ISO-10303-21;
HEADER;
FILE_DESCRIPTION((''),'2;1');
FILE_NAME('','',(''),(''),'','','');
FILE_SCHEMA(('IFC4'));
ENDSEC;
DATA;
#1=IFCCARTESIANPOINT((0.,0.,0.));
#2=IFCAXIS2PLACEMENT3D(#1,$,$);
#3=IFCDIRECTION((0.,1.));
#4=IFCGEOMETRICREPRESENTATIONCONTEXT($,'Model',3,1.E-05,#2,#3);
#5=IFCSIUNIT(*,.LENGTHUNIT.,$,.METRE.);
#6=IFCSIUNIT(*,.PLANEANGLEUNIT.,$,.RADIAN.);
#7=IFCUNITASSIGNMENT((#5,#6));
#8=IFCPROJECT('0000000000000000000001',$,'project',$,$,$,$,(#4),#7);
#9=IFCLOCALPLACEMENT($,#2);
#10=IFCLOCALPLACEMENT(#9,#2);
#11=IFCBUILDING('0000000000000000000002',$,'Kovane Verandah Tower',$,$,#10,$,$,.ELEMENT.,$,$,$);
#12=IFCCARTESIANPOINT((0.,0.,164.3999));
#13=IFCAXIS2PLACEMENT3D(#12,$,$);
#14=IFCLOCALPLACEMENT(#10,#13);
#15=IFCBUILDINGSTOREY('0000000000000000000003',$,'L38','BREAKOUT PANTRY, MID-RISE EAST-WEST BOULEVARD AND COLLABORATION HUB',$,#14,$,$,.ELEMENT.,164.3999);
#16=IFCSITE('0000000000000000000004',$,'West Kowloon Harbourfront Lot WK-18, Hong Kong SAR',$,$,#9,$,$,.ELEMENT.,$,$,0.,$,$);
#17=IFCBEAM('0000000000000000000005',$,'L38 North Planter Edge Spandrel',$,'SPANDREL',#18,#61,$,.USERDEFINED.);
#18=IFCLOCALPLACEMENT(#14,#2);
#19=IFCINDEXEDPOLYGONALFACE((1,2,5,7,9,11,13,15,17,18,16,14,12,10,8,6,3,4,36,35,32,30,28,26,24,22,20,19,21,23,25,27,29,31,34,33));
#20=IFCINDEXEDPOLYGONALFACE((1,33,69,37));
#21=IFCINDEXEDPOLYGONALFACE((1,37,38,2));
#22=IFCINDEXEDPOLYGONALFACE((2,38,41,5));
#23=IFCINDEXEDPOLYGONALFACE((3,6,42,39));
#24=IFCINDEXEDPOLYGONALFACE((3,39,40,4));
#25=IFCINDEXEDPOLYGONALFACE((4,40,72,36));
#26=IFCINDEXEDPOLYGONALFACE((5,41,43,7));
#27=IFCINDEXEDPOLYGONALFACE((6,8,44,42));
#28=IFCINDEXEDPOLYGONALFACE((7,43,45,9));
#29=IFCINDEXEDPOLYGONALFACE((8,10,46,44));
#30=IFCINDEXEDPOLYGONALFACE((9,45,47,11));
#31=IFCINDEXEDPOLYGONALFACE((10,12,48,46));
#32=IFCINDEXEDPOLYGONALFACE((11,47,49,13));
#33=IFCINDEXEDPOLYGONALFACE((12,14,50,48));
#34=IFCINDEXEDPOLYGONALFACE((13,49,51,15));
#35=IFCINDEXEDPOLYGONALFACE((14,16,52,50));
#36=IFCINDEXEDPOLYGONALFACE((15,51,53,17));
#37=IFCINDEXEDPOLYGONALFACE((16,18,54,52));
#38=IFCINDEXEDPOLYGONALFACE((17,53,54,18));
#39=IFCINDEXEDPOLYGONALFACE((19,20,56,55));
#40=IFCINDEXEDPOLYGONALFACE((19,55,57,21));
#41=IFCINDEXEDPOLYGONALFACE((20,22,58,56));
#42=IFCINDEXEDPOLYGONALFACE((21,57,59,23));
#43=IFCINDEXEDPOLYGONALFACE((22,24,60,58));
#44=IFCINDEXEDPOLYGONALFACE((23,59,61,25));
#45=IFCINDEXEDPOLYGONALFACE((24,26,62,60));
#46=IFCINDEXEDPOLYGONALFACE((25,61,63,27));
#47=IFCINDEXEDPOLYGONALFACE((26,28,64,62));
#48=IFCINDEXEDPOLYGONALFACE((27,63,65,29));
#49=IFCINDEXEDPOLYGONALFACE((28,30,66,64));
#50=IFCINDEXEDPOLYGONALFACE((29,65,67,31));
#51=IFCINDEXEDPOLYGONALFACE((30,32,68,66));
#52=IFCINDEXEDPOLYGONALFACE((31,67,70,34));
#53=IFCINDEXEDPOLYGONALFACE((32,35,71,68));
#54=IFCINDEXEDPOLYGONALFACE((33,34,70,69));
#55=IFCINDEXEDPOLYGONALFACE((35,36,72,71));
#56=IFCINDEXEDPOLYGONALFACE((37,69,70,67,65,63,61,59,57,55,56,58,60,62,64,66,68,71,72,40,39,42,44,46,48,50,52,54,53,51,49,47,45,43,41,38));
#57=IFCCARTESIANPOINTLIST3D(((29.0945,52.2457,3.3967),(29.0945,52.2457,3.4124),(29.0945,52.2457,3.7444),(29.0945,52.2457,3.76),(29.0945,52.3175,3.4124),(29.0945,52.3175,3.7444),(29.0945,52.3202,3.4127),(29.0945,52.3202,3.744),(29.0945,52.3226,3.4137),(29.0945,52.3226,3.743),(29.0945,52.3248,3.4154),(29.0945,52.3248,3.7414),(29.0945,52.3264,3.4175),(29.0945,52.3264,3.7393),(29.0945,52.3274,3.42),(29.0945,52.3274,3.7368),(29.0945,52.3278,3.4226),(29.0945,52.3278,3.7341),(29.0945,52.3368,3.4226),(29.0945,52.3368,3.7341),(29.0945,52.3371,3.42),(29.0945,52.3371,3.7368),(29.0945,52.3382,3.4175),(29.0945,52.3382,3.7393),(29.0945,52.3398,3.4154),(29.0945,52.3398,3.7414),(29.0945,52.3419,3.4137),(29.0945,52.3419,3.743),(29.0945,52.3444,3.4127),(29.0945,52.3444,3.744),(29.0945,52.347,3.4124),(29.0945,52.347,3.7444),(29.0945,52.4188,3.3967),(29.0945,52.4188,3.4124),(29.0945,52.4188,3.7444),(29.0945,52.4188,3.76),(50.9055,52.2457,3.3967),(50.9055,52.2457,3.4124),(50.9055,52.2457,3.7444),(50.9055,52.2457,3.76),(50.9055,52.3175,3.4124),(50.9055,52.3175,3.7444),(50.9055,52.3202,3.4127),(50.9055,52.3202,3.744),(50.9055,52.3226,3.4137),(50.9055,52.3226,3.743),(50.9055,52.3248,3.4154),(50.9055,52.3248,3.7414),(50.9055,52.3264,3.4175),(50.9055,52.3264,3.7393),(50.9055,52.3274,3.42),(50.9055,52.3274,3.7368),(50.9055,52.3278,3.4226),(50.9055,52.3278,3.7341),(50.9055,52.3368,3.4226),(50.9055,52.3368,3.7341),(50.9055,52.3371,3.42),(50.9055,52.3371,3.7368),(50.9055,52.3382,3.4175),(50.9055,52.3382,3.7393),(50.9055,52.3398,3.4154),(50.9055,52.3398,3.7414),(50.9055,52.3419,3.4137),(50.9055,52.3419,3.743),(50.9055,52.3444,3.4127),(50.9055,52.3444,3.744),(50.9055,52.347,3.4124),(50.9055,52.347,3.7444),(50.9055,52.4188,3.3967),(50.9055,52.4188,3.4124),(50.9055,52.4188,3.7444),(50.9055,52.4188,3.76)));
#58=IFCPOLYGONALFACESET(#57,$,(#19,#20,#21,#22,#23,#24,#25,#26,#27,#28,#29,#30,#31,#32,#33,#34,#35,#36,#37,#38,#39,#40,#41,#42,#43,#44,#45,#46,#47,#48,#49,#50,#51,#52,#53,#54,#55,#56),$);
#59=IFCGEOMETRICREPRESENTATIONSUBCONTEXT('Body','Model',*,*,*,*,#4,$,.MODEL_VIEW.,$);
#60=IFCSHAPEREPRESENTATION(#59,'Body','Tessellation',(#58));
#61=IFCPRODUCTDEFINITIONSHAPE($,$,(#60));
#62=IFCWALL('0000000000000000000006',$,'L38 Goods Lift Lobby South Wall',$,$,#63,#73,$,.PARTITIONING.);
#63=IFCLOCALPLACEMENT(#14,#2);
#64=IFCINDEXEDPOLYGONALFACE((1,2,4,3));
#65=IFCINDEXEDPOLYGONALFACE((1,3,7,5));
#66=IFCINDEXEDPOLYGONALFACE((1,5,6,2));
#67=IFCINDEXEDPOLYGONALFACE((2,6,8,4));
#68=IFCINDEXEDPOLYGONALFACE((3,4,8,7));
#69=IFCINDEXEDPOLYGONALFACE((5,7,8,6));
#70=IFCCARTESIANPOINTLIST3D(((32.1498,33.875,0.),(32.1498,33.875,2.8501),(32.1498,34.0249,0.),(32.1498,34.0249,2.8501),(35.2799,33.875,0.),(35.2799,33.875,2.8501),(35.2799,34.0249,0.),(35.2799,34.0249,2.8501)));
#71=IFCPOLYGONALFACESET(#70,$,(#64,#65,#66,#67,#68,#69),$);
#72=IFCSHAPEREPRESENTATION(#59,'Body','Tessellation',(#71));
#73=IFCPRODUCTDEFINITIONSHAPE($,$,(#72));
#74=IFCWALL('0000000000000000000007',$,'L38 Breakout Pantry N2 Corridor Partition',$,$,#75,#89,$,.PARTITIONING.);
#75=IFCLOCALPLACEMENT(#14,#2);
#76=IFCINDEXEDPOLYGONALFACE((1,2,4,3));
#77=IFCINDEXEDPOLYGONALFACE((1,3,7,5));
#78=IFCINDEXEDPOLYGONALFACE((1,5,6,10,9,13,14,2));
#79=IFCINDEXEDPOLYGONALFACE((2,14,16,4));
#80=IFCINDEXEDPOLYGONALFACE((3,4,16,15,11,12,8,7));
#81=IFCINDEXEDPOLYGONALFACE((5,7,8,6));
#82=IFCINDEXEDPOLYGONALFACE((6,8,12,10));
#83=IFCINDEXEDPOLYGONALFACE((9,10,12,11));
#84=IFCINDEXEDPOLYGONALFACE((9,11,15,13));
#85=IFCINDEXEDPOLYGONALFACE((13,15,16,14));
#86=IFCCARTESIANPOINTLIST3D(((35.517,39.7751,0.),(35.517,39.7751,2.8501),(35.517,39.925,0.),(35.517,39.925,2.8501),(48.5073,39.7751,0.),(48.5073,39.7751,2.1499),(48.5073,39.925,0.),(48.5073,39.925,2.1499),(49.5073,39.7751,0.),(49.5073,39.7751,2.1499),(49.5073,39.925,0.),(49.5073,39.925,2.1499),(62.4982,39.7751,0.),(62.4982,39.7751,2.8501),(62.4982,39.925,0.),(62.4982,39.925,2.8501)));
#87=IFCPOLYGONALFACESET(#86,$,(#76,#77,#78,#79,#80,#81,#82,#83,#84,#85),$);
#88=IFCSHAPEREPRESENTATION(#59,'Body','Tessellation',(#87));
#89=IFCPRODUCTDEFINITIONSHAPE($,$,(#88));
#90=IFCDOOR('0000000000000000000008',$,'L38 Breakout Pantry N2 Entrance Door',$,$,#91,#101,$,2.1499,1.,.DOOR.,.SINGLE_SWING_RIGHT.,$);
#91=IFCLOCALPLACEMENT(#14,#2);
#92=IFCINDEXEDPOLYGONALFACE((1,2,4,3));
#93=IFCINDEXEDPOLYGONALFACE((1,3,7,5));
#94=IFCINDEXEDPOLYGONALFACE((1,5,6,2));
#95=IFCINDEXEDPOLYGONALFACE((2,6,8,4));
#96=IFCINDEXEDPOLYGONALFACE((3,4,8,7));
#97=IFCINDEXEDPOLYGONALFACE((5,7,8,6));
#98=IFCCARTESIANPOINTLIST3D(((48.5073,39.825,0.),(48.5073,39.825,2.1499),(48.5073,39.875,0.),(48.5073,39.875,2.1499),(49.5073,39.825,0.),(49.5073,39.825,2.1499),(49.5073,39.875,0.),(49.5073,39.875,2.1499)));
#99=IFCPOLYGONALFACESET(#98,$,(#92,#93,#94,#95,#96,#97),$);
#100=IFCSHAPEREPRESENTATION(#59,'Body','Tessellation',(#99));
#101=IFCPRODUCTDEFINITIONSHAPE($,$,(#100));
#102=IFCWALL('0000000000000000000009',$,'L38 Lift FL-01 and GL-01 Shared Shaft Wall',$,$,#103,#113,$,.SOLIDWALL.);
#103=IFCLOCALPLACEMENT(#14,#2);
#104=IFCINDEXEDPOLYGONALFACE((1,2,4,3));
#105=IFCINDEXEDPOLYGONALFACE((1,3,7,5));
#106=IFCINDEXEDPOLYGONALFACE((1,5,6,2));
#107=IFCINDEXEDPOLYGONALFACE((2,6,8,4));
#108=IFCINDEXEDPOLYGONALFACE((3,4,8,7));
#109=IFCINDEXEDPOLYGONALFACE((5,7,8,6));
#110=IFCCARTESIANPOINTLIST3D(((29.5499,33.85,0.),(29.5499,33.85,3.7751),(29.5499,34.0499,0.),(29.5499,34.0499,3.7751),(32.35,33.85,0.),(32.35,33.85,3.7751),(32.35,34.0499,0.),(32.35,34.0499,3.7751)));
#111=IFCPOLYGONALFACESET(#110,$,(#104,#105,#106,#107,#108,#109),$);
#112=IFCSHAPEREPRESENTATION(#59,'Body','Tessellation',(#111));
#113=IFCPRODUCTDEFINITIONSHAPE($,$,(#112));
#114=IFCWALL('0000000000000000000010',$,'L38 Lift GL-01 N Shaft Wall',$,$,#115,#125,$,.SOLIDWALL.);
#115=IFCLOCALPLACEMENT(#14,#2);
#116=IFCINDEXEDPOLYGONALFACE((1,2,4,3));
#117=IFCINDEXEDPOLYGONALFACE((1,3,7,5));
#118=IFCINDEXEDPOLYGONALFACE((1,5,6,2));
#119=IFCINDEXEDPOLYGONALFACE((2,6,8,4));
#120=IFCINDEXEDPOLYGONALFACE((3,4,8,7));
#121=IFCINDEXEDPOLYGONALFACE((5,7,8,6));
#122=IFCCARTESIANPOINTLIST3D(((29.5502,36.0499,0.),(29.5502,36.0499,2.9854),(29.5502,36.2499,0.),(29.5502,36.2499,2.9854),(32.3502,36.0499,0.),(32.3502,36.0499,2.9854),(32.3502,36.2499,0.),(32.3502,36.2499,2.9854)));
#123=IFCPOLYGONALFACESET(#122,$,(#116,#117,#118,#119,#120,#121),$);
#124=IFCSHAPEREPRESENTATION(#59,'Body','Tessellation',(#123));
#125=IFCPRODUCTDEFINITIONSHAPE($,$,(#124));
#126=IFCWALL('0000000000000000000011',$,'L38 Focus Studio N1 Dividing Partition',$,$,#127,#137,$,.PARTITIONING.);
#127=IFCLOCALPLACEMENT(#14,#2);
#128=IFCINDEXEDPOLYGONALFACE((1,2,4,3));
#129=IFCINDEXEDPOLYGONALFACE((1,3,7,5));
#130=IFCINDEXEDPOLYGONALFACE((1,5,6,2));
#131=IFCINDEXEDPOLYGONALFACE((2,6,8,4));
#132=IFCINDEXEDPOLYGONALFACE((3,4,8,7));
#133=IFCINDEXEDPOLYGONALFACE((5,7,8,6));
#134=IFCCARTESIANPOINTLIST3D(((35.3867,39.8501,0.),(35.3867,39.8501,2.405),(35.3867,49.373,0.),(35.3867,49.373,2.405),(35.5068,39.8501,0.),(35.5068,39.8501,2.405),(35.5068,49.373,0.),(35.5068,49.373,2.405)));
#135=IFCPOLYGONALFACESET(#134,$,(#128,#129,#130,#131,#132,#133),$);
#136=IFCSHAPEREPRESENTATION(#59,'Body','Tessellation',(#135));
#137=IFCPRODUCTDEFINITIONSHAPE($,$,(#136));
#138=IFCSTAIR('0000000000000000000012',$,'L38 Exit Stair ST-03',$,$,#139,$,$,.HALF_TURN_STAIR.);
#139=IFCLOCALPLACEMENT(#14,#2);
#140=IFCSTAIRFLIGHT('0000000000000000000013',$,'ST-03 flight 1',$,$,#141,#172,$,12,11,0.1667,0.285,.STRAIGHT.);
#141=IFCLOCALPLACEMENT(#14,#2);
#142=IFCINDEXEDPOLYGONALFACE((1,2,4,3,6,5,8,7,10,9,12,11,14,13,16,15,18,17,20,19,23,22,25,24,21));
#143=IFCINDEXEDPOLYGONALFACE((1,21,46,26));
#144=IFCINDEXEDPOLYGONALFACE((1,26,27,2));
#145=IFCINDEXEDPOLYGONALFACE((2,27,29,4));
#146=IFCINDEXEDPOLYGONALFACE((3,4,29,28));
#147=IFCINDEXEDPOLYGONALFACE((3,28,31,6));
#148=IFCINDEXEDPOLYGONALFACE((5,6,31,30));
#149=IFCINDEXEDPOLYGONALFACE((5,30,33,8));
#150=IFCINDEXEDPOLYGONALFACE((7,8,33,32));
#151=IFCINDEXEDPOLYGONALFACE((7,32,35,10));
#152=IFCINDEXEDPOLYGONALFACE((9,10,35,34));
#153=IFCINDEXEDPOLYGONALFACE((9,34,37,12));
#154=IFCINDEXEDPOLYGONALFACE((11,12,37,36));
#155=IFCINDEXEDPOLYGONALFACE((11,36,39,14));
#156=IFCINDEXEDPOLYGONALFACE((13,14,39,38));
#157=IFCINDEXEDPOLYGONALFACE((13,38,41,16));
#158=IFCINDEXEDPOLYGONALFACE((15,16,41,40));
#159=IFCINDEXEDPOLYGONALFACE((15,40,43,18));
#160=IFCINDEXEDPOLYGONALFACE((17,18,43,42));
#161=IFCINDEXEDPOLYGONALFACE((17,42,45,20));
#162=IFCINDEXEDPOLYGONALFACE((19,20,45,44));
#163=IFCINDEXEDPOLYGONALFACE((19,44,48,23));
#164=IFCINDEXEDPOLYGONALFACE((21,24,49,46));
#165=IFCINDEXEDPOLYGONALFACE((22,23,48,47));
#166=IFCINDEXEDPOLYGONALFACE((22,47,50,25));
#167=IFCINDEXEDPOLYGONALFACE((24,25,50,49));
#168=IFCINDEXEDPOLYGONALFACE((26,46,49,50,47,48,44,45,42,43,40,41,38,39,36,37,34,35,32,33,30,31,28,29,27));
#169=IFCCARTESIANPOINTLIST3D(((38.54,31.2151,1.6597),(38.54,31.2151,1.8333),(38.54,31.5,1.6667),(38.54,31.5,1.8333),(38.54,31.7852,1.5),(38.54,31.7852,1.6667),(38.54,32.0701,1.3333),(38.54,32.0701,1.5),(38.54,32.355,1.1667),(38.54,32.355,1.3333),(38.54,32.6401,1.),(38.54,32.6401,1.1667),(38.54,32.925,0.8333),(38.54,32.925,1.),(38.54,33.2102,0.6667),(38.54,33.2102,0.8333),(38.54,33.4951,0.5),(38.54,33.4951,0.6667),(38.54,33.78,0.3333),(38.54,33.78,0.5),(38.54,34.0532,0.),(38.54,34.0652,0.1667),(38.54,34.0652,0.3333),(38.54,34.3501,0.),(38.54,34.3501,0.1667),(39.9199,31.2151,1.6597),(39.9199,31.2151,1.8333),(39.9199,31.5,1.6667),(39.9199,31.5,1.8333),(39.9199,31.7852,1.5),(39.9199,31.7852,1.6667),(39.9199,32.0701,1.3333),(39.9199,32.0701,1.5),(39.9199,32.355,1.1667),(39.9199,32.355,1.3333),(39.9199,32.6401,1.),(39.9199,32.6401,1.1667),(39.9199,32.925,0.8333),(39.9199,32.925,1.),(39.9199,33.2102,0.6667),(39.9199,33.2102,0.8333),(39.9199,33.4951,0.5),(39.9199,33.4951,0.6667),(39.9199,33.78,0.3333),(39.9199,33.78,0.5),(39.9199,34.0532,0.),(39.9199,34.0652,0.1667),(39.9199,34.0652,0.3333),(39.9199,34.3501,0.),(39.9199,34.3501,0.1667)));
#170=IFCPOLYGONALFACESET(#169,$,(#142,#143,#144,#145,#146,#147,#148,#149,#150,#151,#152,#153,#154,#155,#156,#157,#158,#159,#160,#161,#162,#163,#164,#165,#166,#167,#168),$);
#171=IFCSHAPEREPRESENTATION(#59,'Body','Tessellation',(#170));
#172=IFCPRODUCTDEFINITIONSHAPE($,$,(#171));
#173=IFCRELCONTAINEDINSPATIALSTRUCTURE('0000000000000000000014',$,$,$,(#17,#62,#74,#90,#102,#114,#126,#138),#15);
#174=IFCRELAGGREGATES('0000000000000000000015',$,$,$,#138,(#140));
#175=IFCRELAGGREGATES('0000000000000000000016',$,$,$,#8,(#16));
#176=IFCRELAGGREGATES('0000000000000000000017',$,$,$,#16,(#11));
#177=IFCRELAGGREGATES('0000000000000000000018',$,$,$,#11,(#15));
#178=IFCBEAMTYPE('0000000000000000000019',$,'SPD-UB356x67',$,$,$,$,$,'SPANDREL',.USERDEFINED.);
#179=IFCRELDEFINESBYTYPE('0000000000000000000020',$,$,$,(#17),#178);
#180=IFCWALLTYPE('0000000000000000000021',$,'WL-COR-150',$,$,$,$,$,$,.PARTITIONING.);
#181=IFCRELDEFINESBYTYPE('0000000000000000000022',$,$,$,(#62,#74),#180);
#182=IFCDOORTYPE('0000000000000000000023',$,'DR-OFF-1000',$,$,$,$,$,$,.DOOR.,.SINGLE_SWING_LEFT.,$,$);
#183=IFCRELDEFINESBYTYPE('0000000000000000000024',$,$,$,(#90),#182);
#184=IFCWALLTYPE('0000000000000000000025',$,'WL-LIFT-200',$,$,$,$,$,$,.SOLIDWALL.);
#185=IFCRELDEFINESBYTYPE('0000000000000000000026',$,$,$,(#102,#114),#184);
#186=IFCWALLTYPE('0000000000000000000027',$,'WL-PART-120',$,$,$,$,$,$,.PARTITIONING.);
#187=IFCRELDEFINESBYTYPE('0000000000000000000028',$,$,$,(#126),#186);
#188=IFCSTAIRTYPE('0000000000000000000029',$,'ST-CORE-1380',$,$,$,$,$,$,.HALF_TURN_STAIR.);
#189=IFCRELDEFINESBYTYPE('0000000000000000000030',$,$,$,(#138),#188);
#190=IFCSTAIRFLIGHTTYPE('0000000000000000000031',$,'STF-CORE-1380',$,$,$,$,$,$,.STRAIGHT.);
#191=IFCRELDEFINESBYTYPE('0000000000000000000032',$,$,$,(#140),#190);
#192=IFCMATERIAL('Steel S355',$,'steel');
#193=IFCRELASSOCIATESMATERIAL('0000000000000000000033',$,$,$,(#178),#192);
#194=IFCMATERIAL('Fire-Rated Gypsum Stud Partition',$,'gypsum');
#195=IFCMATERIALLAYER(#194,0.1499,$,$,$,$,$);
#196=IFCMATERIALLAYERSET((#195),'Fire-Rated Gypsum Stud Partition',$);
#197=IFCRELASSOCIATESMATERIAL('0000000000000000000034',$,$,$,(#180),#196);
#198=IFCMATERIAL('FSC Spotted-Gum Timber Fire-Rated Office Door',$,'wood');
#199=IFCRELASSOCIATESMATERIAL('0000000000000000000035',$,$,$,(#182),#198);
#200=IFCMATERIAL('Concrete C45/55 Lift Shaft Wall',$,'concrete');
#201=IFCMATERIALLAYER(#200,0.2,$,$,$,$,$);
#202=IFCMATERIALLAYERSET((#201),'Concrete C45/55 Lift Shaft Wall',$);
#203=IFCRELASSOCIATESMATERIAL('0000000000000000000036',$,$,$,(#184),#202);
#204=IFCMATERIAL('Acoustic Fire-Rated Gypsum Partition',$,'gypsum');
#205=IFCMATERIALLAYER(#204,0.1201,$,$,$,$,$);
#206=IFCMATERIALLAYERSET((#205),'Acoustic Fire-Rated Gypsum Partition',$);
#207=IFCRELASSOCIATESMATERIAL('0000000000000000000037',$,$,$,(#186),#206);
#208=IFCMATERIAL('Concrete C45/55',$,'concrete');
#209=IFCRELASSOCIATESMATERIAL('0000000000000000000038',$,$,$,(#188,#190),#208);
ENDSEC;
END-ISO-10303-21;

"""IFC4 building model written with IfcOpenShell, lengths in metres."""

from ifc_helpers import new_model, si_unit, direction, frame, frame_2d, origin, origin_2d, place, context, subcontext, project, spatial, polyline, rectangle, i_section, outline, extrude, material, layer, layer_set, material_profile, profile_set, type_object, element, fill, aggregate, save


model = new_model("IFC4")

# Units and contexts
model_context = context("Model", 3, precision=1e-05, world=origin(), true_north=direction((0.0, 1.0)))
body_context = subcontext(model_context, "Body", "Model", "MODEL_VIEW")
ifc_project = project(units=[si_unit("LENGTHUNIT", "METRE"), si_unit("PLANEANGLEUNIT", "RADIAN")], contexts=[model_context])

# Site, building, storey
site_placement = place(None, origin())
site = spatial("IfcSite", under=ifc_project, at=site_placement, Name="West Kowloon Harbourfront Lot WK-18, Hong Kong SAR", CompositionType="ELEMENT", RefElevation=0.0)
building_placement = place(site_placement, origin())
building = spatial("IfcBuilding", under=site, at=building_placement, Name="Kovane Verandah Tower", CompositionType="ELEMENT")
storey_placement = place(building_placement, frame((0.0, 0.0, 164.3999)))
storey = spatial("IfcBuildingStorey", under=building, at=storey_placement, Name="L38", Description="BREAKOUT PANTRY, MID-RISE EAST-WEST BOULEVARD AND COLLABORATION HUB", CompositionType="ELEMENT", Elevation=164.3999)

# Beam
ifc_material_1 = material(Name="Steel S355", Category="steel")
ifc_material_profile_1 = material_profile(ifc_material_1, i_section(OverallWidth=0.1731, OverallDepth=0.3633, WebThickness=0.009, FlangeThickness=0.0156, FilletRadius=0.0103, at=origin_2d()), Name="UB356x171x67")
ifc_profile_set_1 = profile_set([ifc_material_profile_1], Name="Steel S355")
beam_type_1 = type_object("IfcBeamType", Name="SPD-UB356x67", ElementType="SPANDREL", PredefinedType="USERDEFINED", material=ifc_profile_set_1)
beam_1_placement = place(storey_placement, frame((29.0945, 52.3323, 3.5784), z_axis=(1.0, 0.0, 0.0), x_axis=(0.0, 1.0, 0.0)))
element("IfcBeam", 1, at=beam_1_placement, inside=storey, type_object=beam_type_1, Name="L38 North Planter Edge Spandrel", ObjectType="SPANDREL", PredefinedType="USERDEFINED", context=body_context, shape_type="SweptSolid", body=[
    extrude(i_section(OverallWidth=0.1731, OverallDepth=0.3633, WebThickness=0.009, FlangeThickness=0.0156, FilletRadius=0.0103, at=origin_2d()), origin(), (0.0, 0.0, 1.0), 21.811),
])

# Wall
ifc_material_2 = material(Name="Fire-Rated Gypsum Stud Partition", Category="gypsum")
ifc_layer_1 = layer(ifc_material_2, 0.1499)
ifc_layer_set_1 = layer_set([ifc_layer_1], Name="Fire-Rated Gypsum Stud Partition")
wall_type_1 = type_object("IfcWallType", Name="WL-COR-150", PredefinedType="PARTITIONING", material=ifc_layer_set_1)
wall_1_placement = place(storey_placement, frame((32.1499, 33.95, 0.0), z_axis=(0.0, 0.0, 1.0), x_axis=(1.0, 0.0, 0.0)))
element("IfcWall", 2, at=wall_1_placement, inside=storey, type_object=wall_type_1, Name="L38 Goods Lift Lobby South Wall", PredefinedType="PARTITIONING", context=body_context, shape_type="SweptSolid", body=[
    extrude(rectangle(XDim=3.1301, YDim=0.1499, at=frame_2d((1.5649, 0.0))), origin(), (0.0, 0.0, 1.0), 2.8501),
])

# Wall, opening, door
wall_2_placement = place(storey_placement, frame((35.5168, 39.8501, 0.0), z_axis=(0.0, 0.0, 1.0), x_axis=(1.0, 0.0, 0.0)))
wall_2 = element("IfcWall", 3, at=wall_2_placement, inside=storey, type_object=wall_type_1, Name="L38 Breakout Pantry N2 Corridor Partition", PredefinedType="PARTITIONING", context=body_context, shape_type="SweptSolid", body=[
    extrude(rectangle(XDim=26.9812, YDim=0.1499, at=frame_2d((13.4907, 0.0))), origin(), (0.0, 0.0, 1.0), 2.8501),
])
opening_1_placement = place(wall_2_placement, frame((12.9905, 0.0, 0.0)))
opening_1 = element("IfcOpeningElement", 4, at=opening_1_placement, cuts=wall_2, PredefinedType="OPENING", context=body_context, shape_type="SweptSolid", body=[
    extrude(rectangle(XDim=1.0, YDim=2.1499, at=frame_2d((0.5, 1.075))), frame((0.0, 0.075, 0.0), z_axis=(0.0, -1.0, 0.0), x_axis=(1.0, 0.0, 0.0)), (0.0, 0.0, 1.0), 0.1499),
])
ifc_material_3 = material(Name="FSC Spotted-Gum Timber Fire-Rated Office Door", Category="wood")
door_type_1 = type_object("IfcDoorType", Name="DR-OFF-1000", OperationType="SINGLE_SWING_LEFT", PredefinedType="DOOR", material=ifc_material_3)
door_1_placement = place(opening_1_placement, origin())
door_1 = element("IfcDoor", 5, at=door_1_placement, inside=storey, type_object=door_type_1, Name="L38 Breakout Pantry N2 Entrance Door", OperationType="SINGLE_SWING_RIGHT", OverallHeight=2.1499, OverallWidth=1.0, PredefinedType="DOOR", context=body_context, shape_type="SweptSolid", body=[
    extrude(rectangle(XDim=1.0, YDim=2.1499, at=frame_2d((0.5, 1.075))), frame((0.0, 0.0249, 0.0), z_axis=(0.0, -1.0, 0.0), x_axis=(1.0, 0.0, 0.0)), (0.0, 0.0, 1.0), 0.05),
])
fill(opening_1, door_1)

# Walls
ifc_material_4 = material(Name="Concrete C45/55 Lift Shaft Wall", Category="concrete")
ifc_layer_2 = layer(ifc_material_4, 0.2)
ifc_layer_set_2 = layer_set([ifc_layer_2], Name="Concrete C45/55 Lift Shaft Wall")
wall_type_2 = type_object("IfcWallType", Name="WL-LIFT-200", PredefinedType="SOLIDWALL", material=ifc_layer_set_2)
wall_3_placement = place(storey_placement, frame((29.55, 33.95, 0.0), z_axis=(0.0, 0.0, 1.0), x_axis=(1.0, 0.0, 0.0)))
element("IfcWall", 6, at=wall_3_placement, inside=storey, type_object=wall_type_2, Name="L38 Lift FL-01 and GL-01 Shared Shaft Wall", PredefinedType="SOLIDWALL", context=body_context, shape_type="SweptSolid", body=[
    extrude(rectangle(XDim=2.8, YDim=0.2, at=frame_2d((1.3999, 0.0))), origin(), (0.0, 0.0, 1.0), 3.7751),
])
wall_4_placement = place(storey_placement, frame((32.3501, 36.1499, 0.0), z_axis=(0.0, 0.0, 1.0), x_axis=(-1.0, 0.0, 0.0)))
element("IfcWall", 7, at=wall_4_placement, inside=storey, type_object=wall_type_2, Name="L38 Lift GL-01 N Shaft Wall", PredefinedType="SOLIDWALL", context=body_context, shape_type="SweptSolid", body=[
    extrude(rectangle(XDim=2.8, YDim=0.2, at=frame_2d((1.3999, 0.0))), origin(), (0.0, 0.0, 1.0), 2.9854),
])

# Wall
ifc_material_5 = material(Name="Acoustic Fire-Rated Gypsum Partition", Category="gypsum")
ifc_layer_3 = layer(ifc_material_5, 0.1201)
ifc_layer_set_3 = layer_set([ifc_layer_3], Name="Acoustic Fire-Rated Gypsum Partition")
wall_type_3 = type_object("IfcWallType", Name="WL-PART-120", PredefinedType="PARTITIONING", material=ifc_layer_set_3)
wall_5_placement = place(storey_placement, frame((35.4468, 39.8501, 0.0), z_axis=(0.0, 0.0, 1.0), x_axis=(0.0, 1.0, 0.0)))
element("IfcWall", 8, at=wall_5_placement, inside=storey, type_object=wall_type_3, Name="L38 Focus Studio N1 Dividing Partition", PredefinedType="PARTITIONING", context=body_context, shape_type="SweptSolid", body=[
    extrude(rectangle(XDim=9.5229, YDim=0.1201, at=frame_2d((4.7615, 0.0))), origin(), (0.0, 0.0, 1.0), 2.405),
])

# Stair, stair flight
ifc_material_6 = material(Name="Concrete C45/55", Category="concrete")
stair_type = type_object("IfcStairType", Name="ST-CORE-1380", PredefinedType="HALF_TURN_STAIR", material=ifc_material_6)
stair_placement = place(storey_placement, origin())
stair = element("IfcStair", 9, at=stair_placement, inside=storey, type_object=stair_type, Name="L38 Exit Stair ST-03", PredefinedType="HALF_TURN_STAIR")
stair_flight_type = type_object("IfcStairFlightType", Name="STF-CORE-1380", PredefinedType="STRAIGHT", material=ifc_material_6)
stair_flight_placement = place(storey_placement, frame((39.23, 34.3501, 0.0), z_axis=(0.0, 0.0, 1.0), x_axis=(0.0, -1.0, 0.0)))
stair_flight = element("IfcStairFlight", 10, at=stair_flight_placement, type_object=stair_flight_type, Name="ST-03 flight 1", NumberOfRisers=12, NumberOfTreads=11, PredefinedType="STRAIGHT", RiserHeight=0.1667, TreadLength=0.285, context=body_context, shape_type="SweptSolid", body=[
    extrude(outline(polyline([(0.0, 0.0), (0.0, 0.1667), (0.2849, 0.1667), (0.2849, 0.3333), (0.5701, 0.3333), (0.5701, 0.5), (0.855, 0.5), (0.855, 0.6667), (1.1399, 0.6667), (1.1399, 0.8333), (1.425, 0.8333), (1.425, 1.0), (1.71, 1.0), (1.71, 1.1667), (1.9951, 1.1667), (1.9951, 1.3333), (2.28, 1.3333), (2.28, 1.5), (2.5649, 1.5), (2.5649, 1.6667), (2.8501, 1.6667), (2.8501, 1.8333), (3.135, 1.8333), (3.135, 2.0), (3.135, 1.6597), (0.2969, 0.0), (0.0, 0.0)])), frame((0.0, 0.6899, 0.0), z_axis=(0.0, -1.0, 0.0), x_axis=(1.0, 0.0, 0.0)), (0.0, 0.0, 1.0), 1.3799),
])
aggregate(stair, [stair_flight])

save(model, "model.ifc")
